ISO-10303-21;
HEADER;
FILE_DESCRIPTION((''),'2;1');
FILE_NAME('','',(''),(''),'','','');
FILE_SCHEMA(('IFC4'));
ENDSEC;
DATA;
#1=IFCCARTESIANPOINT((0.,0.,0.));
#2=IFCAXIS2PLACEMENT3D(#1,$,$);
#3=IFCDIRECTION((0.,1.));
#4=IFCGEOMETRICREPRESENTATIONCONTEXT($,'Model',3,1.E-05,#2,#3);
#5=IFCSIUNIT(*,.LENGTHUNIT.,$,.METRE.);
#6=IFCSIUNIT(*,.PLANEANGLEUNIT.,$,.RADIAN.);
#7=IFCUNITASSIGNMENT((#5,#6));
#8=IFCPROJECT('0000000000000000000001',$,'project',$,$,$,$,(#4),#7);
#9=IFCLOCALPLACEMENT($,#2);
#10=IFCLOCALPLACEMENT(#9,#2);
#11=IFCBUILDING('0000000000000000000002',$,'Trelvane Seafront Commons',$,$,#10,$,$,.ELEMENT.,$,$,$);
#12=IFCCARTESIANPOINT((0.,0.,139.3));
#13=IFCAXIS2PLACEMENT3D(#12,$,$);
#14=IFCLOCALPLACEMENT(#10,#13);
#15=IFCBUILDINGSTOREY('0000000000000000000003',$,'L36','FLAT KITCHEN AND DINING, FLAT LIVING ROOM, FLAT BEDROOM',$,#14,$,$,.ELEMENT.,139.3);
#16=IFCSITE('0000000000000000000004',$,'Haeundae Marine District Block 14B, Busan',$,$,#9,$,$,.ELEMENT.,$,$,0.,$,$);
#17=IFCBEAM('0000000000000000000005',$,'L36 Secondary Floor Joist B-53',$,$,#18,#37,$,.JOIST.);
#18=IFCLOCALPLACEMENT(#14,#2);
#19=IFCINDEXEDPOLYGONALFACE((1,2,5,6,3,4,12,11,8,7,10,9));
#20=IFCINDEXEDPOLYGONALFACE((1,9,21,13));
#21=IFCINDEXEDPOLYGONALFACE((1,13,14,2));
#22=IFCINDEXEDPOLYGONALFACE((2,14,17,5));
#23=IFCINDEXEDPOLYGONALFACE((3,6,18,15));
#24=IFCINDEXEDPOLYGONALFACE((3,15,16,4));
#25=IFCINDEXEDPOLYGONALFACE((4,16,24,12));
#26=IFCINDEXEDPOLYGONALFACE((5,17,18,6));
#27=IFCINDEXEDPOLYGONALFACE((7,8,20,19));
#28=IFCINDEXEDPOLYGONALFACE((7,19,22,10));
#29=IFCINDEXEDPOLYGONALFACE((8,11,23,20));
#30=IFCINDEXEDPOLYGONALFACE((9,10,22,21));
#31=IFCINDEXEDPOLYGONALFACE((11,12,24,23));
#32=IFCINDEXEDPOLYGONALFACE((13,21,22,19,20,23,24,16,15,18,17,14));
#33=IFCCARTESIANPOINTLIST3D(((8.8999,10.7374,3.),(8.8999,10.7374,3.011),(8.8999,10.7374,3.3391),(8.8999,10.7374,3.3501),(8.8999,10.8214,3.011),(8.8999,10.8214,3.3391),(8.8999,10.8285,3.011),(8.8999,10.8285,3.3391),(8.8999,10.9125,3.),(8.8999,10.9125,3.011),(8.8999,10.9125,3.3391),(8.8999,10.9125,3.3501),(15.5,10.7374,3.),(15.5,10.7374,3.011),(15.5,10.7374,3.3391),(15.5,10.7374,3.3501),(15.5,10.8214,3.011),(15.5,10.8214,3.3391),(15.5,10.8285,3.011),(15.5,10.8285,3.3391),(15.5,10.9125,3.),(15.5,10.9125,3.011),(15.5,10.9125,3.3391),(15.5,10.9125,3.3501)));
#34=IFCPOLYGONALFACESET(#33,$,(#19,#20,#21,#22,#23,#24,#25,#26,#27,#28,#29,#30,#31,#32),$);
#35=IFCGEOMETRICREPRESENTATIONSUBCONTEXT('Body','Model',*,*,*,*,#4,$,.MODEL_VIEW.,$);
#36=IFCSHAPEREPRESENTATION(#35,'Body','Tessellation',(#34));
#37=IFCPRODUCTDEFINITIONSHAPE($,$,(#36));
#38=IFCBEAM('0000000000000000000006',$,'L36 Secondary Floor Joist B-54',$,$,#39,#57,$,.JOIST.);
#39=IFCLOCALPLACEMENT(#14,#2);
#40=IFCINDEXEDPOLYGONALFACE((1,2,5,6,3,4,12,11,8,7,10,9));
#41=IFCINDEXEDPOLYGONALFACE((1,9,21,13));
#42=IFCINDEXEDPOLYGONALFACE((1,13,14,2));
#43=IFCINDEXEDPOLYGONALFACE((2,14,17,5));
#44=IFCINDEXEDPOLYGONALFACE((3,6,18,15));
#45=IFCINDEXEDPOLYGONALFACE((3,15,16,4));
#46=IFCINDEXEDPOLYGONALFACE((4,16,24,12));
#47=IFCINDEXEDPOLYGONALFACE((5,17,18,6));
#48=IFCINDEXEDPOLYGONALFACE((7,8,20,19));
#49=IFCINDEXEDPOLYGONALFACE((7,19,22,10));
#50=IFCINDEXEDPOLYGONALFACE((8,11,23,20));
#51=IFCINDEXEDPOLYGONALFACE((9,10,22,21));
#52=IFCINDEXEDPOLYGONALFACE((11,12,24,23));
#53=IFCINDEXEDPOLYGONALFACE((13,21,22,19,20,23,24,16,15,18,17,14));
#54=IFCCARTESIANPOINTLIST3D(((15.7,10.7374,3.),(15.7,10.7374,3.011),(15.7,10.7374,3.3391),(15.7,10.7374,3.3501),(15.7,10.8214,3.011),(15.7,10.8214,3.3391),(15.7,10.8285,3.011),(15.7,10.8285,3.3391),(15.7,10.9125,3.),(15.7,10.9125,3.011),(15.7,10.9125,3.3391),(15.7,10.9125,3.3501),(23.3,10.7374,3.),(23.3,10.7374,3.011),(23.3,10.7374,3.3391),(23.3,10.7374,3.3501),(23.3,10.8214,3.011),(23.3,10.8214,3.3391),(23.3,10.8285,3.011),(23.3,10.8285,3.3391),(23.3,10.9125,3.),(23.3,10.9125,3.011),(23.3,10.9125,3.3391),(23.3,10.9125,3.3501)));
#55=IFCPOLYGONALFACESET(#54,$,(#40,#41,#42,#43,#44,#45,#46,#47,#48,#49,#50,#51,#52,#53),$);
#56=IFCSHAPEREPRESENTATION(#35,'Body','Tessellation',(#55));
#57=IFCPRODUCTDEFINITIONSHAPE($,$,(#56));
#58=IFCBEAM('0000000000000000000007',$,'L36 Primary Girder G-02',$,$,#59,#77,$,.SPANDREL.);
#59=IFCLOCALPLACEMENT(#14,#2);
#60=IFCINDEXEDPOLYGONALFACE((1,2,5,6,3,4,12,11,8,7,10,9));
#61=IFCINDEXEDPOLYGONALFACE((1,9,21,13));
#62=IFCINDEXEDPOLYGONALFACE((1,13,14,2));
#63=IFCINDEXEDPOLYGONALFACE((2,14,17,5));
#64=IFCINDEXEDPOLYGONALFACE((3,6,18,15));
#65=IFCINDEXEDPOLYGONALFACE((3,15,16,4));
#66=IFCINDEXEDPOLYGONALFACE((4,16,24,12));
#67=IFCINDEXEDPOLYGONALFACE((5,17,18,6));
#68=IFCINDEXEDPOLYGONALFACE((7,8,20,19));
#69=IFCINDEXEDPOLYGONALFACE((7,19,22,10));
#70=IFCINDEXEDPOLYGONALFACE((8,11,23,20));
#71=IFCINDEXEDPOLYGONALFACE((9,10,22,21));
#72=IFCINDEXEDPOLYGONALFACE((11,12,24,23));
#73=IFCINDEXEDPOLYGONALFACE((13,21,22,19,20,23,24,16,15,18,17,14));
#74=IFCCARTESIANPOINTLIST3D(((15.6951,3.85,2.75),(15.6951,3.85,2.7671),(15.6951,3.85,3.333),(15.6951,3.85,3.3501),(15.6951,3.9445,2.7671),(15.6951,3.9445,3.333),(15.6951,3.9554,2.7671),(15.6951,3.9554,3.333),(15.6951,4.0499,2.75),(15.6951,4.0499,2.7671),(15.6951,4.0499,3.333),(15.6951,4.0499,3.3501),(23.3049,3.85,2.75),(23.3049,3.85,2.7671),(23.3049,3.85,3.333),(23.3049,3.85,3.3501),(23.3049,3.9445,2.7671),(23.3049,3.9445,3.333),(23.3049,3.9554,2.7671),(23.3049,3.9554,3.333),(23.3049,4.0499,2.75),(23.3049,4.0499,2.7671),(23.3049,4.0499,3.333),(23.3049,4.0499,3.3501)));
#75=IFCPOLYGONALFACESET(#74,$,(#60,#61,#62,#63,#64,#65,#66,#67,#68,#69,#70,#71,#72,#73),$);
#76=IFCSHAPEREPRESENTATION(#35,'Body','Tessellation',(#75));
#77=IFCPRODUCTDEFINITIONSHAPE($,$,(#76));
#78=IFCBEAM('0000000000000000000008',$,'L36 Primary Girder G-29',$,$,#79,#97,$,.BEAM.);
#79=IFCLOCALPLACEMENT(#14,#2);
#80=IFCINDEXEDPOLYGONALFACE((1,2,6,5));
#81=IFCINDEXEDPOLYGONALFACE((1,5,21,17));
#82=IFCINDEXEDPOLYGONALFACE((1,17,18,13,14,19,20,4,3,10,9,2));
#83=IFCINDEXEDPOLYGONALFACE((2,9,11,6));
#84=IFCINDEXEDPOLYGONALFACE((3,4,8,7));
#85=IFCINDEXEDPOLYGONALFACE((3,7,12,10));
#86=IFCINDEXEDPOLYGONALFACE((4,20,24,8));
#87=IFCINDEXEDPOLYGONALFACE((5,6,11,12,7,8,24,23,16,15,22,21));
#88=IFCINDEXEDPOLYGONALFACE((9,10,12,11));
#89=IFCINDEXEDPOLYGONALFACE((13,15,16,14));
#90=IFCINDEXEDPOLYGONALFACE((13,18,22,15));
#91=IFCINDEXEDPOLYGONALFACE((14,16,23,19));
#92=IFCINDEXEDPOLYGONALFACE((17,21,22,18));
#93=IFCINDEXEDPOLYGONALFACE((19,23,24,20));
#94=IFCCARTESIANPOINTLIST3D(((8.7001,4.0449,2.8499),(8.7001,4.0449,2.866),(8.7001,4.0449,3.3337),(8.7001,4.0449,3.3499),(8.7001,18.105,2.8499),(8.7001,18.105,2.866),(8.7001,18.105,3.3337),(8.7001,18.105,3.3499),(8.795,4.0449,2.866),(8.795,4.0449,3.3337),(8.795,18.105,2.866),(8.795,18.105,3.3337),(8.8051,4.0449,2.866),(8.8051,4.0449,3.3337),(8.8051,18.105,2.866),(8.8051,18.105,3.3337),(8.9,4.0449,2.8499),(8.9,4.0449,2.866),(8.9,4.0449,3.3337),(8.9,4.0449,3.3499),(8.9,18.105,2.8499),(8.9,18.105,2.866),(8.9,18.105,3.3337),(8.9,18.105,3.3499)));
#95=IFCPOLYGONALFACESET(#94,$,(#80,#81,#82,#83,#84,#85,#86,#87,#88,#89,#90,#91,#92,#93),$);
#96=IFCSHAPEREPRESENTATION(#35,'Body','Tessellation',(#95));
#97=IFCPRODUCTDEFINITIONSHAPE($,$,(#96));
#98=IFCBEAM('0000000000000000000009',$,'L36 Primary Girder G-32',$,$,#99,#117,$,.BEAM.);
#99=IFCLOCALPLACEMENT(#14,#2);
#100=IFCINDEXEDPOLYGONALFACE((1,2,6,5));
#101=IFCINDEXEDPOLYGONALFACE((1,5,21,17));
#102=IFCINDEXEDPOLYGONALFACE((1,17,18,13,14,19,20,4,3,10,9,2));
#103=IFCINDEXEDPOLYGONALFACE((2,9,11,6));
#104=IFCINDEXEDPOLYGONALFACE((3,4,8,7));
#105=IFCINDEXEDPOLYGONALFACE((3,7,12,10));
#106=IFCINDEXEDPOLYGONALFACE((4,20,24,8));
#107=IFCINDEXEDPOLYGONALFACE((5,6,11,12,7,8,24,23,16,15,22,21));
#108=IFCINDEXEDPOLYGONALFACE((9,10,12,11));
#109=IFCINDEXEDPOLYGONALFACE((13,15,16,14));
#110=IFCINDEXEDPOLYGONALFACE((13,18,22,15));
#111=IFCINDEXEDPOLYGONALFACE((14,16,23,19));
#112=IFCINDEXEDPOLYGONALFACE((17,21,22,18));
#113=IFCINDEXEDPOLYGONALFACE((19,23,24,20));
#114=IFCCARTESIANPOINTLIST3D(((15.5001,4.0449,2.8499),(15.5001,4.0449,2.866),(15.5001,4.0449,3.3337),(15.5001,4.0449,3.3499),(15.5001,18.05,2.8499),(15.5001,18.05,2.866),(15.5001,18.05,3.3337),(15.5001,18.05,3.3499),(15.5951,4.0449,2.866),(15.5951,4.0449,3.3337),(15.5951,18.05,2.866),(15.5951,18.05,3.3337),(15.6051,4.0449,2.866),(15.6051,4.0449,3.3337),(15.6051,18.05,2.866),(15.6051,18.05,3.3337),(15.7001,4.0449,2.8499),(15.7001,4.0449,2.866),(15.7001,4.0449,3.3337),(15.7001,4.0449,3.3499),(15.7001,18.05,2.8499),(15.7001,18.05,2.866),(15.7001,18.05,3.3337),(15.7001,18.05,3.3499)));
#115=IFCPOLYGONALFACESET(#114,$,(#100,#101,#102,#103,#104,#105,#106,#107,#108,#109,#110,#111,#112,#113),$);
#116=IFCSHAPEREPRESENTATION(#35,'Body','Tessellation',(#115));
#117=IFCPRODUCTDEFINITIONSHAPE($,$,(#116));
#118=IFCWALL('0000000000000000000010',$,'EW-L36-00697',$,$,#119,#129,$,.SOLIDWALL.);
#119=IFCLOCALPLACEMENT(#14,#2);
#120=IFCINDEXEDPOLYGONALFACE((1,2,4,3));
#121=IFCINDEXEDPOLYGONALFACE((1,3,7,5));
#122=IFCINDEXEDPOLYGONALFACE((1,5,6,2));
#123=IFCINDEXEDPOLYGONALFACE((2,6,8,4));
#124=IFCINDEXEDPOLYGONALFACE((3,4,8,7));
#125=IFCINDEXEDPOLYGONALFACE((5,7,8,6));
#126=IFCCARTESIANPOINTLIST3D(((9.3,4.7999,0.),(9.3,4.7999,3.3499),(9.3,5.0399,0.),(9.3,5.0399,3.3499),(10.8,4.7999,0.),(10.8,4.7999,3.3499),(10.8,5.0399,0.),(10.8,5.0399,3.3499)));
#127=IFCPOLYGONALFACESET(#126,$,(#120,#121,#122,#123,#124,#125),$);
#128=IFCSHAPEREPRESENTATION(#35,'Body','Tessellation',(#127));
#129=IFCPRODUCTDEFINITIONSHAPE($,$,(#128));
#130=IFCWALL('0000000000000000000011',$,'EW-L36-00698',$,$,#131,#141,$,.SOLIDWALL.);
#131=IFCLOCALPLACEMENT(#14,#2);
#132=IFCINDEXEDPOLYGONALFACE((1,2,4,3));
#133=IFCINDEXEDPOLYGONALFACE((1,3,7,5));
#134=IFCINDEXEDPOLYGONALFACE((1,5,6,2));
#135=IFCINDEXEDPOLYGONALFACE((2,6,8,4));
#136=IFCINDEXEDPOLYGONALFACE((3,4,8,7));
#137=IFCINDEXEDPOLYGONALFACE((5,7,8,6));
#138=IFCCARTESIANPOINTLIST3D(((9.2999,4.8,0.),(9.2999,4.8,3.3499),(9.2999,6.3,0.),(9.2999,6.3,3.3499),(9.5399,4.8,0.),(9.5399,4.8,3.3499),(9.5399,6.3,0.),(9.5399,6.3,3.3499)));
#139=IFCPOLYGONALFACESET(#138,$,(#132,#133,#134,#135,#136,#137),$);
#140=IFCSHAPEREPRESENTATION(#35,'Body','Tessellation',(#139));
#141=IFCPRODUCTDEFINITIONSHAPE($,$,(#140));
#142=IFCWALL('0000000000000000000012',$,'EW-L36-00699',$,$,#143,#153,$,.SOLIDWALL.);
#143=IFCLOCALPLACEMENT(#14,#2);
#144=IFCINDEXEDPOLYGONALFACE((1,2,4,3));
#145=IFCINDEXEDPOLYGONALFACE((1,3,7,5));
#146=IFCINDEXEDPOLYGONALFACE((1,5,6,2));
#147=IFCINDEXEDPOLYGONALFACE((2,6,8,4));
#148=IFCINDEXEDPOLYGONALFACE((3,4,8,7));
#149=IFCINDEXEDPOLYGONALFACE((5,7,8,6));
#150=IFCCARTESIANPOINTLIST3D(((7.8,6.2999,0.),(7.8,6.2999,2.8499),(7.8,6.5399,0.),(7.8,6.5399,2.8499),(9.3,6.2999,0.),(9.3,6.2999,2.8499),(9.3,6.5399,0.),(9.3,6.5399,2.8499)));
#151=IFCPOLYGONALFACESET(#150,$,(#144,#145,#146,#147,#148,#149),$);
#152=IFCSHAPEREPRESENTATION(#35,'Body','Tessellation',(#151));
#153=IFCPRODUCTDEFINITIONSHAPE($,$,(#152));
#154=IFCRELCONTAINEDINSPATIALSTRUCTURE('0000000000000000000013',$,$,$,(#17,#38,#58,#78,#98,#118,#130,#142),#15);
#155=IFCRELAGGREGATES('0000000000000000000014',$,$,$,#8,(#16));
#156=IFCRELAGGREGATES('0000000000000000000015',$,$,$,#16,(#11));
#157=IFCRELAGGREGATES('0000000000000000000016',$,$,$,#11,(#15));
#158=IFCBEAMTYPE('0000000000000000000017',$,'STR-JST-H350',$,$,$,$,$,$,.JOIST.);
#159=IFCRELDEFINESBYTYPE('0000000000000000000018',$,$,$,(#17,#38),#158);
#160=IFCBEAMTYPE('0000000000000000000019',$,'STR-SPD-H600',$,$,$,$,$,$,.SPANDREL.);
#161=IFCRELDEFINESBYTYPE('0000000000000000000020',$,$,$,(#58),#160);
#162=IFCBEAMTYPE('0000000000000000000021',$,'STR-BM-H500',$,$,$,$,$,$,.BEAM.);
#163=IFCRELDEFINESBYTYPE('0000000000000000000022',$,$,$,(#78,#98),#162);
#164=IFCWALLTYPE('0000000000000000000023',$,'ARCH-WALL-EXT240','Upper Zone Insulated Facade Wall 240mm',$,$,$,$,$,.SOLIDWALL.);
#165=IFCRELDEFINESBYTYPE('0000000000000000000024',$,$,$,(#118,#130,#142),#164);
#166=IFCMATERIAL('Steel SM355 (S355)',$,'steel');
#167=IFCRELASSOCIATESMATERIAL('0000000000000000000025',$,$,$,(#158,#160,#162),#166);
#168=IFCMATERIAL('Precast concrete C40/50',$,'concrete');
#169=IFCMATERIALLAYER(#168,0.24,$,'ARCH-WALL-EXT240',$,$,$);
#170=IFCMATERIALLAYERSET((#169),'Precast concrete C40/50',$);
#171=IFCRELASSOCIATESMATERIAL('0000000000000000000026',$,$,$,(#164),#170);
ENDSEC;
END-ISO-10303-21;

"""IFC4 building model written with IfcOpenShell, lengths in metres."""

from ifc_helpers import new_model, si_unit, direction, frame, frame_2d, origin, origin_2d, place, context, subcontext, project, spatial, rectangle, i_section, extrude, source, transform, mapped, material, layer, layer_set, material_profile, profile_set, type_object, element, save


model = new_model("IFC4")

# Units and contexts
model_context = context("Model", 3, precision=1e-05, world=origin(), true_north=direction((0.0, 1.0)))
body_context = subcontext(model_context, "Body", "Model", "MODEL_VIEW")
ifc_project = project(units=[si_unit("LENGTHUNIT", "METRE"), si_unit("PLANEANGLEUNIT", "RADIAN")], contexts=[model_context])

# Site, building, storey
site_placement = place(None, origin())
site = spatial("IfcSite", under=ifc_project, at=site_placement, Name="Haeundae Marine District Block 14B, Busan", CompositionType="ELEMENT", RefElevation=0.0)
building_placement = place(site_placement, origin())
building = spatial("IfcBuilding", under=site, at=building_placement, Name="Trelvane Seafront Commons", CompositionType="ELEMENT")
storey_placement = place(building_placement, frame((0.0, 0.0, 139.3)))
storey = spatial("IfcBuildingStorey", under=building, at=storey_placement, Name="L36", Description="FLAT KITCHEN AND DINING, FLAT LIVING ROOM, FLAT BEDROOM", CompositionType="ELEMENT", Elevation=139.3)

# Beams
ifc_material_1 = material(Name="Steel SM355 (S355)", Category="steel")
ifc_material_profile_1 = material_profile(ifc_material_1, i_section(OverallWidth=0.175, OverallDepth=0.3501, WebThickness=0.0071, FlangeThickness=0.011, at=origin_2d()), Name="H-350x175x7x11")
ifc_profile_set_1 = profile_set([ifc_material_profile_1], Name="Steel SM355 (S355)")
beam_type_1 = type_object("IfcBeamType", Name="STR-JST-H350", PredefinedType="JOIST", material=ifc_profile_set_1)
shared_shape_1 = source(origin(), body_context, "Body", "SweptSolid", [
    extrude(i_section(OverallWidth=0.175, OverallDepth=0.3501, WebThickness=0.0071, FlangeThickness=0.011, at=origin_2d()), origin(), (0.0, 0.0, 1.0), 6.6001),
])
beam_1_placement = place(storey_placement, frame((8.8999, 10.825, 3.175), z_axis=(1.0, 0.0, 0.0), x_axis=(0.0, 1.0, 0.0)))
element("IfcBeam", 1, at=beam_1_placement, inside=storey, type_object=beam_type_1, Name="L36 Secondary Floor Joist B-53", PredefinedType="JOIST", context=body_context, shape_type="MappedRepresentation", body=[
    mapped(shared_shape_1, transform((0.0, 0.0, 0.0), x_axis=(1.0, 0.0, 0.0), y_axis=(0.0, 1.0, 0.0), z_axis=(0.0, 0.0, 1.0), scale=1.0)),
])
shared_shape_2 = source(origin(), body_context, "Body", "SweptSolid", [
    extrude(i_section(OverallWidth=0.175, OverallDepth=0.3501, WebThickness=0.0071, FlangeThickness=0.011, at=origin_2d()), origin(), (0.0, 0.0, 1.0), 7.6001),
])
beam_2_placement = place(storey_placement, frame((15.7, 10.825, 3.175), z_axis=(1.0, 0.0, 0.0), x_axis=(0.0, 1.0, 0.0)))
element("IfcBeam", 2, at=beam_2_placement, inside=storey, type_object=beam_type_1, Name="L36 Secondary Floor Joist B-54", PredefinedType="JOIST", context=body_context, shape_type="MappedRepresentation", body=[
    mapped(shared_shape_2, transform((0.0, 0.0, 0.0), x_axis=(1.0, 0.0, 0.0), y_axis=(0.0, 1.0, 0.0), z_axis=(0.0, 0.0, 1.0), scale=1.0)),
])
ifc_material_profile_2 = material_profile(ifc_material_1, i_section(OverallWidth=0.2, OverallDepth=0.6001, WebThickness=0.011, FlangeThickness=0.0171, at=origin_2d()), Name="H-600x200x11x17")
ifc_profile_set_2 = profile_set([ifc_material_profile_2], Name="Steel SM355 (S355)")
beam_type_2 = type_object("IfcBeamType", Name="STR-SPD-H600", PredefinedType="SPANDREL", material=ifc_profile_set_2)
shared_shape_3 = source(origin(), body_context, "Body", "SweptSolid", [
    extrude(i_section(OverallWidth=0.2, OverallDepth=0.6001, WebThickness=0.011, FlangeThickness=0.0171, at=origin_2d()), origin(), (0.0, 0.0, 1.0), 7.6099),
])
beam_3_placement = place(storey_placement, frame((15.6951, 3.95, 3.05), z_axis=(1.0, 0.0, 0.0), x_axis=(0.0, 1.0, 0.0)))
element("IfcBeam", 3, at=beam_3_placement, inside=storey, type_object=beam_type_2, Name="L36 Primary Girder G-02", PredefinedType="SPANDREL", context=body_context, shape_type="MappedRepresentation", body=[
    mapped(shared_shape_3, transform((0.0, 0.0, 0.0), x_axis=(1.0, 0.0, 0.0), y_axis=(0.0, 1.0, 0.0), z_axis=(0.0, 0.0, 1.0), scale=1.0)),
])
ifc_material_profile_3 = material_profile(ifc_material_1, i_section(OverallWidth=0.2, OverallDepth=0.5, WebThickness=0.01, FlangeThickness=0.0161, at=origin_2d()), Name="H-500x200x10x16")
ifc_profile_set_3 = profile_set([ifc_material_profile_3], Name="Steel SM355 (S355)")
beam_type_3 = type_object("IfcBeamType", Name="STR-BM-H500", PredefinedType="BEAM", material=ifc_profile_set_3)
shared_shape_4 = source(origin(), body_context, "Body", "SweptSolid", [
    extrude(i_section(OverallWidth=0.2, OverallDepth=0.5, WebThickness=0.01, FlangeThickness=0.0161, at=origin_2d()), origin(), (0.0, 0.0, 1.0), 14.0601),
])
beam_4_placement = place(storey_placement, frame((8.8, 4.0449, 3.0999), z_axis=(0.0, 1.0, 0.0), x_axis=(-1.0, 0.0, 0.0)))
element("IfcBeam", 4, at=beam_4_placement, inside=storey, type_object=beam_type_3, Name="L36 Primary Girder G-29", PredefinedType="BEAM", context=body_context, shape_type="MappedRepresentation", body=[
    mapped(shared_shape_4, transform((0.0, 0.0, 0.0), x_axis=(1.0, 0.0, 0.0), y_axis=(0.0, 1.0, 0.0), z_axis=(0.0, 0.0, 1.0), scale=1.0)),
])
shared_shape_5 = source(origin(), body_context, "Body", "SweptSolid", [
    extrude(i_section(OverallWidth=0.2, OverallDepth=0.5, WebThickness=0.01, FlangeThickness=0.0161, at=origin_2d()), origin(), (0.0, 0.0, 1.0), 14.0051),
])
beam_5_placement = place(storey_placement, frame((15.6001, 4.0449, 3.0999), z_axis=(0.0, 1.0, 0.0), x_axis=(-1.0, 0.0, 0.0)))
element("IfcBeam", 5, at=beam_5_placement, inside=storey, type_object=beam_type_3, Name="L36 Primary Girder G-32", PredefinedType="BEAM", context=body_context, shape_type="MappedRepresentation", body=[
    mapped(shared_shape_5, transform((0.0, 0.0, 0.0), x_axis=(1.0, 0.0, 0.0), y_axis=(0.0, 1.0, 0.0), z_axis=(0.0, 0.0, 1.0), scale=1.0)),
])

# Walls
ifc_material_2 = material(Name="Precast concrete C40/50", Category="concrete")
ifc_layer_1 = layer(ifc_material_2, 0.24, Name="ARCH-WALL-EXT240")
ifc_layer_set_1 = layer_set([ifc_layer_1], Name="Precast concrete C40/50")
wall_type_1 = type_object("IfcWallType", Name="ARCH-WALL-EXT240", Description="Upper Zone Insulated Facade Wall 240mm", PredefinedType="SOLIDWALL", material=ifc_layer_set_1)
for number, where, z_axis, x_axis, name in (
    (6, (10.8, 4.9199, 0.0), (0.0, 0.0, 1.0), (-1.0, 0.0, 0.0), "EW-L36-00697"),
    (7, (9.4199, 4.8, 0.0), (0.0, 0.0, 1.0), (0.0, 1.0, 0.0), "EW-L36-00698"),
):
    element("IfcWall", number, at=place(storey_placement, frame(where, z_axis=z_axis, x_axis=x_axis)), inside=storey, type_object=wall_type_1, Name=name, PredefinedType="SOLIDWALL", context=body_context, shape_type="SweptSolid", body=[
        extrude(rectangle(XDim=1.5, YDim=0.24, at=frame_2d((0.75, 0.0))), origin(), (0.0, 0.0, 1.0), 3.3499),
    ])
wall_1_placement = place(storey_placement, frame((9.3, 6.4199, 0.0), z_axis=(0.0, 0.0, 1.0), x_axis=(-1.0, 0.0, 0.0)))
element("IfcWall", 8, at=wall_1_placement, inside=storey, type_object=wall_type_1, Name="EW-L36-00699", PredefinedType="SOLIDWALL", context=body_context, shape_type="SweptSolid", body=[
    extrude(rectangle(XDim=1.5, YDim=0.24, at=frame_2d((0.75, 0.0))), origin(), (0.0, 0.0, 1.0), 2.8499),
])

save(model, "model.ifc")
